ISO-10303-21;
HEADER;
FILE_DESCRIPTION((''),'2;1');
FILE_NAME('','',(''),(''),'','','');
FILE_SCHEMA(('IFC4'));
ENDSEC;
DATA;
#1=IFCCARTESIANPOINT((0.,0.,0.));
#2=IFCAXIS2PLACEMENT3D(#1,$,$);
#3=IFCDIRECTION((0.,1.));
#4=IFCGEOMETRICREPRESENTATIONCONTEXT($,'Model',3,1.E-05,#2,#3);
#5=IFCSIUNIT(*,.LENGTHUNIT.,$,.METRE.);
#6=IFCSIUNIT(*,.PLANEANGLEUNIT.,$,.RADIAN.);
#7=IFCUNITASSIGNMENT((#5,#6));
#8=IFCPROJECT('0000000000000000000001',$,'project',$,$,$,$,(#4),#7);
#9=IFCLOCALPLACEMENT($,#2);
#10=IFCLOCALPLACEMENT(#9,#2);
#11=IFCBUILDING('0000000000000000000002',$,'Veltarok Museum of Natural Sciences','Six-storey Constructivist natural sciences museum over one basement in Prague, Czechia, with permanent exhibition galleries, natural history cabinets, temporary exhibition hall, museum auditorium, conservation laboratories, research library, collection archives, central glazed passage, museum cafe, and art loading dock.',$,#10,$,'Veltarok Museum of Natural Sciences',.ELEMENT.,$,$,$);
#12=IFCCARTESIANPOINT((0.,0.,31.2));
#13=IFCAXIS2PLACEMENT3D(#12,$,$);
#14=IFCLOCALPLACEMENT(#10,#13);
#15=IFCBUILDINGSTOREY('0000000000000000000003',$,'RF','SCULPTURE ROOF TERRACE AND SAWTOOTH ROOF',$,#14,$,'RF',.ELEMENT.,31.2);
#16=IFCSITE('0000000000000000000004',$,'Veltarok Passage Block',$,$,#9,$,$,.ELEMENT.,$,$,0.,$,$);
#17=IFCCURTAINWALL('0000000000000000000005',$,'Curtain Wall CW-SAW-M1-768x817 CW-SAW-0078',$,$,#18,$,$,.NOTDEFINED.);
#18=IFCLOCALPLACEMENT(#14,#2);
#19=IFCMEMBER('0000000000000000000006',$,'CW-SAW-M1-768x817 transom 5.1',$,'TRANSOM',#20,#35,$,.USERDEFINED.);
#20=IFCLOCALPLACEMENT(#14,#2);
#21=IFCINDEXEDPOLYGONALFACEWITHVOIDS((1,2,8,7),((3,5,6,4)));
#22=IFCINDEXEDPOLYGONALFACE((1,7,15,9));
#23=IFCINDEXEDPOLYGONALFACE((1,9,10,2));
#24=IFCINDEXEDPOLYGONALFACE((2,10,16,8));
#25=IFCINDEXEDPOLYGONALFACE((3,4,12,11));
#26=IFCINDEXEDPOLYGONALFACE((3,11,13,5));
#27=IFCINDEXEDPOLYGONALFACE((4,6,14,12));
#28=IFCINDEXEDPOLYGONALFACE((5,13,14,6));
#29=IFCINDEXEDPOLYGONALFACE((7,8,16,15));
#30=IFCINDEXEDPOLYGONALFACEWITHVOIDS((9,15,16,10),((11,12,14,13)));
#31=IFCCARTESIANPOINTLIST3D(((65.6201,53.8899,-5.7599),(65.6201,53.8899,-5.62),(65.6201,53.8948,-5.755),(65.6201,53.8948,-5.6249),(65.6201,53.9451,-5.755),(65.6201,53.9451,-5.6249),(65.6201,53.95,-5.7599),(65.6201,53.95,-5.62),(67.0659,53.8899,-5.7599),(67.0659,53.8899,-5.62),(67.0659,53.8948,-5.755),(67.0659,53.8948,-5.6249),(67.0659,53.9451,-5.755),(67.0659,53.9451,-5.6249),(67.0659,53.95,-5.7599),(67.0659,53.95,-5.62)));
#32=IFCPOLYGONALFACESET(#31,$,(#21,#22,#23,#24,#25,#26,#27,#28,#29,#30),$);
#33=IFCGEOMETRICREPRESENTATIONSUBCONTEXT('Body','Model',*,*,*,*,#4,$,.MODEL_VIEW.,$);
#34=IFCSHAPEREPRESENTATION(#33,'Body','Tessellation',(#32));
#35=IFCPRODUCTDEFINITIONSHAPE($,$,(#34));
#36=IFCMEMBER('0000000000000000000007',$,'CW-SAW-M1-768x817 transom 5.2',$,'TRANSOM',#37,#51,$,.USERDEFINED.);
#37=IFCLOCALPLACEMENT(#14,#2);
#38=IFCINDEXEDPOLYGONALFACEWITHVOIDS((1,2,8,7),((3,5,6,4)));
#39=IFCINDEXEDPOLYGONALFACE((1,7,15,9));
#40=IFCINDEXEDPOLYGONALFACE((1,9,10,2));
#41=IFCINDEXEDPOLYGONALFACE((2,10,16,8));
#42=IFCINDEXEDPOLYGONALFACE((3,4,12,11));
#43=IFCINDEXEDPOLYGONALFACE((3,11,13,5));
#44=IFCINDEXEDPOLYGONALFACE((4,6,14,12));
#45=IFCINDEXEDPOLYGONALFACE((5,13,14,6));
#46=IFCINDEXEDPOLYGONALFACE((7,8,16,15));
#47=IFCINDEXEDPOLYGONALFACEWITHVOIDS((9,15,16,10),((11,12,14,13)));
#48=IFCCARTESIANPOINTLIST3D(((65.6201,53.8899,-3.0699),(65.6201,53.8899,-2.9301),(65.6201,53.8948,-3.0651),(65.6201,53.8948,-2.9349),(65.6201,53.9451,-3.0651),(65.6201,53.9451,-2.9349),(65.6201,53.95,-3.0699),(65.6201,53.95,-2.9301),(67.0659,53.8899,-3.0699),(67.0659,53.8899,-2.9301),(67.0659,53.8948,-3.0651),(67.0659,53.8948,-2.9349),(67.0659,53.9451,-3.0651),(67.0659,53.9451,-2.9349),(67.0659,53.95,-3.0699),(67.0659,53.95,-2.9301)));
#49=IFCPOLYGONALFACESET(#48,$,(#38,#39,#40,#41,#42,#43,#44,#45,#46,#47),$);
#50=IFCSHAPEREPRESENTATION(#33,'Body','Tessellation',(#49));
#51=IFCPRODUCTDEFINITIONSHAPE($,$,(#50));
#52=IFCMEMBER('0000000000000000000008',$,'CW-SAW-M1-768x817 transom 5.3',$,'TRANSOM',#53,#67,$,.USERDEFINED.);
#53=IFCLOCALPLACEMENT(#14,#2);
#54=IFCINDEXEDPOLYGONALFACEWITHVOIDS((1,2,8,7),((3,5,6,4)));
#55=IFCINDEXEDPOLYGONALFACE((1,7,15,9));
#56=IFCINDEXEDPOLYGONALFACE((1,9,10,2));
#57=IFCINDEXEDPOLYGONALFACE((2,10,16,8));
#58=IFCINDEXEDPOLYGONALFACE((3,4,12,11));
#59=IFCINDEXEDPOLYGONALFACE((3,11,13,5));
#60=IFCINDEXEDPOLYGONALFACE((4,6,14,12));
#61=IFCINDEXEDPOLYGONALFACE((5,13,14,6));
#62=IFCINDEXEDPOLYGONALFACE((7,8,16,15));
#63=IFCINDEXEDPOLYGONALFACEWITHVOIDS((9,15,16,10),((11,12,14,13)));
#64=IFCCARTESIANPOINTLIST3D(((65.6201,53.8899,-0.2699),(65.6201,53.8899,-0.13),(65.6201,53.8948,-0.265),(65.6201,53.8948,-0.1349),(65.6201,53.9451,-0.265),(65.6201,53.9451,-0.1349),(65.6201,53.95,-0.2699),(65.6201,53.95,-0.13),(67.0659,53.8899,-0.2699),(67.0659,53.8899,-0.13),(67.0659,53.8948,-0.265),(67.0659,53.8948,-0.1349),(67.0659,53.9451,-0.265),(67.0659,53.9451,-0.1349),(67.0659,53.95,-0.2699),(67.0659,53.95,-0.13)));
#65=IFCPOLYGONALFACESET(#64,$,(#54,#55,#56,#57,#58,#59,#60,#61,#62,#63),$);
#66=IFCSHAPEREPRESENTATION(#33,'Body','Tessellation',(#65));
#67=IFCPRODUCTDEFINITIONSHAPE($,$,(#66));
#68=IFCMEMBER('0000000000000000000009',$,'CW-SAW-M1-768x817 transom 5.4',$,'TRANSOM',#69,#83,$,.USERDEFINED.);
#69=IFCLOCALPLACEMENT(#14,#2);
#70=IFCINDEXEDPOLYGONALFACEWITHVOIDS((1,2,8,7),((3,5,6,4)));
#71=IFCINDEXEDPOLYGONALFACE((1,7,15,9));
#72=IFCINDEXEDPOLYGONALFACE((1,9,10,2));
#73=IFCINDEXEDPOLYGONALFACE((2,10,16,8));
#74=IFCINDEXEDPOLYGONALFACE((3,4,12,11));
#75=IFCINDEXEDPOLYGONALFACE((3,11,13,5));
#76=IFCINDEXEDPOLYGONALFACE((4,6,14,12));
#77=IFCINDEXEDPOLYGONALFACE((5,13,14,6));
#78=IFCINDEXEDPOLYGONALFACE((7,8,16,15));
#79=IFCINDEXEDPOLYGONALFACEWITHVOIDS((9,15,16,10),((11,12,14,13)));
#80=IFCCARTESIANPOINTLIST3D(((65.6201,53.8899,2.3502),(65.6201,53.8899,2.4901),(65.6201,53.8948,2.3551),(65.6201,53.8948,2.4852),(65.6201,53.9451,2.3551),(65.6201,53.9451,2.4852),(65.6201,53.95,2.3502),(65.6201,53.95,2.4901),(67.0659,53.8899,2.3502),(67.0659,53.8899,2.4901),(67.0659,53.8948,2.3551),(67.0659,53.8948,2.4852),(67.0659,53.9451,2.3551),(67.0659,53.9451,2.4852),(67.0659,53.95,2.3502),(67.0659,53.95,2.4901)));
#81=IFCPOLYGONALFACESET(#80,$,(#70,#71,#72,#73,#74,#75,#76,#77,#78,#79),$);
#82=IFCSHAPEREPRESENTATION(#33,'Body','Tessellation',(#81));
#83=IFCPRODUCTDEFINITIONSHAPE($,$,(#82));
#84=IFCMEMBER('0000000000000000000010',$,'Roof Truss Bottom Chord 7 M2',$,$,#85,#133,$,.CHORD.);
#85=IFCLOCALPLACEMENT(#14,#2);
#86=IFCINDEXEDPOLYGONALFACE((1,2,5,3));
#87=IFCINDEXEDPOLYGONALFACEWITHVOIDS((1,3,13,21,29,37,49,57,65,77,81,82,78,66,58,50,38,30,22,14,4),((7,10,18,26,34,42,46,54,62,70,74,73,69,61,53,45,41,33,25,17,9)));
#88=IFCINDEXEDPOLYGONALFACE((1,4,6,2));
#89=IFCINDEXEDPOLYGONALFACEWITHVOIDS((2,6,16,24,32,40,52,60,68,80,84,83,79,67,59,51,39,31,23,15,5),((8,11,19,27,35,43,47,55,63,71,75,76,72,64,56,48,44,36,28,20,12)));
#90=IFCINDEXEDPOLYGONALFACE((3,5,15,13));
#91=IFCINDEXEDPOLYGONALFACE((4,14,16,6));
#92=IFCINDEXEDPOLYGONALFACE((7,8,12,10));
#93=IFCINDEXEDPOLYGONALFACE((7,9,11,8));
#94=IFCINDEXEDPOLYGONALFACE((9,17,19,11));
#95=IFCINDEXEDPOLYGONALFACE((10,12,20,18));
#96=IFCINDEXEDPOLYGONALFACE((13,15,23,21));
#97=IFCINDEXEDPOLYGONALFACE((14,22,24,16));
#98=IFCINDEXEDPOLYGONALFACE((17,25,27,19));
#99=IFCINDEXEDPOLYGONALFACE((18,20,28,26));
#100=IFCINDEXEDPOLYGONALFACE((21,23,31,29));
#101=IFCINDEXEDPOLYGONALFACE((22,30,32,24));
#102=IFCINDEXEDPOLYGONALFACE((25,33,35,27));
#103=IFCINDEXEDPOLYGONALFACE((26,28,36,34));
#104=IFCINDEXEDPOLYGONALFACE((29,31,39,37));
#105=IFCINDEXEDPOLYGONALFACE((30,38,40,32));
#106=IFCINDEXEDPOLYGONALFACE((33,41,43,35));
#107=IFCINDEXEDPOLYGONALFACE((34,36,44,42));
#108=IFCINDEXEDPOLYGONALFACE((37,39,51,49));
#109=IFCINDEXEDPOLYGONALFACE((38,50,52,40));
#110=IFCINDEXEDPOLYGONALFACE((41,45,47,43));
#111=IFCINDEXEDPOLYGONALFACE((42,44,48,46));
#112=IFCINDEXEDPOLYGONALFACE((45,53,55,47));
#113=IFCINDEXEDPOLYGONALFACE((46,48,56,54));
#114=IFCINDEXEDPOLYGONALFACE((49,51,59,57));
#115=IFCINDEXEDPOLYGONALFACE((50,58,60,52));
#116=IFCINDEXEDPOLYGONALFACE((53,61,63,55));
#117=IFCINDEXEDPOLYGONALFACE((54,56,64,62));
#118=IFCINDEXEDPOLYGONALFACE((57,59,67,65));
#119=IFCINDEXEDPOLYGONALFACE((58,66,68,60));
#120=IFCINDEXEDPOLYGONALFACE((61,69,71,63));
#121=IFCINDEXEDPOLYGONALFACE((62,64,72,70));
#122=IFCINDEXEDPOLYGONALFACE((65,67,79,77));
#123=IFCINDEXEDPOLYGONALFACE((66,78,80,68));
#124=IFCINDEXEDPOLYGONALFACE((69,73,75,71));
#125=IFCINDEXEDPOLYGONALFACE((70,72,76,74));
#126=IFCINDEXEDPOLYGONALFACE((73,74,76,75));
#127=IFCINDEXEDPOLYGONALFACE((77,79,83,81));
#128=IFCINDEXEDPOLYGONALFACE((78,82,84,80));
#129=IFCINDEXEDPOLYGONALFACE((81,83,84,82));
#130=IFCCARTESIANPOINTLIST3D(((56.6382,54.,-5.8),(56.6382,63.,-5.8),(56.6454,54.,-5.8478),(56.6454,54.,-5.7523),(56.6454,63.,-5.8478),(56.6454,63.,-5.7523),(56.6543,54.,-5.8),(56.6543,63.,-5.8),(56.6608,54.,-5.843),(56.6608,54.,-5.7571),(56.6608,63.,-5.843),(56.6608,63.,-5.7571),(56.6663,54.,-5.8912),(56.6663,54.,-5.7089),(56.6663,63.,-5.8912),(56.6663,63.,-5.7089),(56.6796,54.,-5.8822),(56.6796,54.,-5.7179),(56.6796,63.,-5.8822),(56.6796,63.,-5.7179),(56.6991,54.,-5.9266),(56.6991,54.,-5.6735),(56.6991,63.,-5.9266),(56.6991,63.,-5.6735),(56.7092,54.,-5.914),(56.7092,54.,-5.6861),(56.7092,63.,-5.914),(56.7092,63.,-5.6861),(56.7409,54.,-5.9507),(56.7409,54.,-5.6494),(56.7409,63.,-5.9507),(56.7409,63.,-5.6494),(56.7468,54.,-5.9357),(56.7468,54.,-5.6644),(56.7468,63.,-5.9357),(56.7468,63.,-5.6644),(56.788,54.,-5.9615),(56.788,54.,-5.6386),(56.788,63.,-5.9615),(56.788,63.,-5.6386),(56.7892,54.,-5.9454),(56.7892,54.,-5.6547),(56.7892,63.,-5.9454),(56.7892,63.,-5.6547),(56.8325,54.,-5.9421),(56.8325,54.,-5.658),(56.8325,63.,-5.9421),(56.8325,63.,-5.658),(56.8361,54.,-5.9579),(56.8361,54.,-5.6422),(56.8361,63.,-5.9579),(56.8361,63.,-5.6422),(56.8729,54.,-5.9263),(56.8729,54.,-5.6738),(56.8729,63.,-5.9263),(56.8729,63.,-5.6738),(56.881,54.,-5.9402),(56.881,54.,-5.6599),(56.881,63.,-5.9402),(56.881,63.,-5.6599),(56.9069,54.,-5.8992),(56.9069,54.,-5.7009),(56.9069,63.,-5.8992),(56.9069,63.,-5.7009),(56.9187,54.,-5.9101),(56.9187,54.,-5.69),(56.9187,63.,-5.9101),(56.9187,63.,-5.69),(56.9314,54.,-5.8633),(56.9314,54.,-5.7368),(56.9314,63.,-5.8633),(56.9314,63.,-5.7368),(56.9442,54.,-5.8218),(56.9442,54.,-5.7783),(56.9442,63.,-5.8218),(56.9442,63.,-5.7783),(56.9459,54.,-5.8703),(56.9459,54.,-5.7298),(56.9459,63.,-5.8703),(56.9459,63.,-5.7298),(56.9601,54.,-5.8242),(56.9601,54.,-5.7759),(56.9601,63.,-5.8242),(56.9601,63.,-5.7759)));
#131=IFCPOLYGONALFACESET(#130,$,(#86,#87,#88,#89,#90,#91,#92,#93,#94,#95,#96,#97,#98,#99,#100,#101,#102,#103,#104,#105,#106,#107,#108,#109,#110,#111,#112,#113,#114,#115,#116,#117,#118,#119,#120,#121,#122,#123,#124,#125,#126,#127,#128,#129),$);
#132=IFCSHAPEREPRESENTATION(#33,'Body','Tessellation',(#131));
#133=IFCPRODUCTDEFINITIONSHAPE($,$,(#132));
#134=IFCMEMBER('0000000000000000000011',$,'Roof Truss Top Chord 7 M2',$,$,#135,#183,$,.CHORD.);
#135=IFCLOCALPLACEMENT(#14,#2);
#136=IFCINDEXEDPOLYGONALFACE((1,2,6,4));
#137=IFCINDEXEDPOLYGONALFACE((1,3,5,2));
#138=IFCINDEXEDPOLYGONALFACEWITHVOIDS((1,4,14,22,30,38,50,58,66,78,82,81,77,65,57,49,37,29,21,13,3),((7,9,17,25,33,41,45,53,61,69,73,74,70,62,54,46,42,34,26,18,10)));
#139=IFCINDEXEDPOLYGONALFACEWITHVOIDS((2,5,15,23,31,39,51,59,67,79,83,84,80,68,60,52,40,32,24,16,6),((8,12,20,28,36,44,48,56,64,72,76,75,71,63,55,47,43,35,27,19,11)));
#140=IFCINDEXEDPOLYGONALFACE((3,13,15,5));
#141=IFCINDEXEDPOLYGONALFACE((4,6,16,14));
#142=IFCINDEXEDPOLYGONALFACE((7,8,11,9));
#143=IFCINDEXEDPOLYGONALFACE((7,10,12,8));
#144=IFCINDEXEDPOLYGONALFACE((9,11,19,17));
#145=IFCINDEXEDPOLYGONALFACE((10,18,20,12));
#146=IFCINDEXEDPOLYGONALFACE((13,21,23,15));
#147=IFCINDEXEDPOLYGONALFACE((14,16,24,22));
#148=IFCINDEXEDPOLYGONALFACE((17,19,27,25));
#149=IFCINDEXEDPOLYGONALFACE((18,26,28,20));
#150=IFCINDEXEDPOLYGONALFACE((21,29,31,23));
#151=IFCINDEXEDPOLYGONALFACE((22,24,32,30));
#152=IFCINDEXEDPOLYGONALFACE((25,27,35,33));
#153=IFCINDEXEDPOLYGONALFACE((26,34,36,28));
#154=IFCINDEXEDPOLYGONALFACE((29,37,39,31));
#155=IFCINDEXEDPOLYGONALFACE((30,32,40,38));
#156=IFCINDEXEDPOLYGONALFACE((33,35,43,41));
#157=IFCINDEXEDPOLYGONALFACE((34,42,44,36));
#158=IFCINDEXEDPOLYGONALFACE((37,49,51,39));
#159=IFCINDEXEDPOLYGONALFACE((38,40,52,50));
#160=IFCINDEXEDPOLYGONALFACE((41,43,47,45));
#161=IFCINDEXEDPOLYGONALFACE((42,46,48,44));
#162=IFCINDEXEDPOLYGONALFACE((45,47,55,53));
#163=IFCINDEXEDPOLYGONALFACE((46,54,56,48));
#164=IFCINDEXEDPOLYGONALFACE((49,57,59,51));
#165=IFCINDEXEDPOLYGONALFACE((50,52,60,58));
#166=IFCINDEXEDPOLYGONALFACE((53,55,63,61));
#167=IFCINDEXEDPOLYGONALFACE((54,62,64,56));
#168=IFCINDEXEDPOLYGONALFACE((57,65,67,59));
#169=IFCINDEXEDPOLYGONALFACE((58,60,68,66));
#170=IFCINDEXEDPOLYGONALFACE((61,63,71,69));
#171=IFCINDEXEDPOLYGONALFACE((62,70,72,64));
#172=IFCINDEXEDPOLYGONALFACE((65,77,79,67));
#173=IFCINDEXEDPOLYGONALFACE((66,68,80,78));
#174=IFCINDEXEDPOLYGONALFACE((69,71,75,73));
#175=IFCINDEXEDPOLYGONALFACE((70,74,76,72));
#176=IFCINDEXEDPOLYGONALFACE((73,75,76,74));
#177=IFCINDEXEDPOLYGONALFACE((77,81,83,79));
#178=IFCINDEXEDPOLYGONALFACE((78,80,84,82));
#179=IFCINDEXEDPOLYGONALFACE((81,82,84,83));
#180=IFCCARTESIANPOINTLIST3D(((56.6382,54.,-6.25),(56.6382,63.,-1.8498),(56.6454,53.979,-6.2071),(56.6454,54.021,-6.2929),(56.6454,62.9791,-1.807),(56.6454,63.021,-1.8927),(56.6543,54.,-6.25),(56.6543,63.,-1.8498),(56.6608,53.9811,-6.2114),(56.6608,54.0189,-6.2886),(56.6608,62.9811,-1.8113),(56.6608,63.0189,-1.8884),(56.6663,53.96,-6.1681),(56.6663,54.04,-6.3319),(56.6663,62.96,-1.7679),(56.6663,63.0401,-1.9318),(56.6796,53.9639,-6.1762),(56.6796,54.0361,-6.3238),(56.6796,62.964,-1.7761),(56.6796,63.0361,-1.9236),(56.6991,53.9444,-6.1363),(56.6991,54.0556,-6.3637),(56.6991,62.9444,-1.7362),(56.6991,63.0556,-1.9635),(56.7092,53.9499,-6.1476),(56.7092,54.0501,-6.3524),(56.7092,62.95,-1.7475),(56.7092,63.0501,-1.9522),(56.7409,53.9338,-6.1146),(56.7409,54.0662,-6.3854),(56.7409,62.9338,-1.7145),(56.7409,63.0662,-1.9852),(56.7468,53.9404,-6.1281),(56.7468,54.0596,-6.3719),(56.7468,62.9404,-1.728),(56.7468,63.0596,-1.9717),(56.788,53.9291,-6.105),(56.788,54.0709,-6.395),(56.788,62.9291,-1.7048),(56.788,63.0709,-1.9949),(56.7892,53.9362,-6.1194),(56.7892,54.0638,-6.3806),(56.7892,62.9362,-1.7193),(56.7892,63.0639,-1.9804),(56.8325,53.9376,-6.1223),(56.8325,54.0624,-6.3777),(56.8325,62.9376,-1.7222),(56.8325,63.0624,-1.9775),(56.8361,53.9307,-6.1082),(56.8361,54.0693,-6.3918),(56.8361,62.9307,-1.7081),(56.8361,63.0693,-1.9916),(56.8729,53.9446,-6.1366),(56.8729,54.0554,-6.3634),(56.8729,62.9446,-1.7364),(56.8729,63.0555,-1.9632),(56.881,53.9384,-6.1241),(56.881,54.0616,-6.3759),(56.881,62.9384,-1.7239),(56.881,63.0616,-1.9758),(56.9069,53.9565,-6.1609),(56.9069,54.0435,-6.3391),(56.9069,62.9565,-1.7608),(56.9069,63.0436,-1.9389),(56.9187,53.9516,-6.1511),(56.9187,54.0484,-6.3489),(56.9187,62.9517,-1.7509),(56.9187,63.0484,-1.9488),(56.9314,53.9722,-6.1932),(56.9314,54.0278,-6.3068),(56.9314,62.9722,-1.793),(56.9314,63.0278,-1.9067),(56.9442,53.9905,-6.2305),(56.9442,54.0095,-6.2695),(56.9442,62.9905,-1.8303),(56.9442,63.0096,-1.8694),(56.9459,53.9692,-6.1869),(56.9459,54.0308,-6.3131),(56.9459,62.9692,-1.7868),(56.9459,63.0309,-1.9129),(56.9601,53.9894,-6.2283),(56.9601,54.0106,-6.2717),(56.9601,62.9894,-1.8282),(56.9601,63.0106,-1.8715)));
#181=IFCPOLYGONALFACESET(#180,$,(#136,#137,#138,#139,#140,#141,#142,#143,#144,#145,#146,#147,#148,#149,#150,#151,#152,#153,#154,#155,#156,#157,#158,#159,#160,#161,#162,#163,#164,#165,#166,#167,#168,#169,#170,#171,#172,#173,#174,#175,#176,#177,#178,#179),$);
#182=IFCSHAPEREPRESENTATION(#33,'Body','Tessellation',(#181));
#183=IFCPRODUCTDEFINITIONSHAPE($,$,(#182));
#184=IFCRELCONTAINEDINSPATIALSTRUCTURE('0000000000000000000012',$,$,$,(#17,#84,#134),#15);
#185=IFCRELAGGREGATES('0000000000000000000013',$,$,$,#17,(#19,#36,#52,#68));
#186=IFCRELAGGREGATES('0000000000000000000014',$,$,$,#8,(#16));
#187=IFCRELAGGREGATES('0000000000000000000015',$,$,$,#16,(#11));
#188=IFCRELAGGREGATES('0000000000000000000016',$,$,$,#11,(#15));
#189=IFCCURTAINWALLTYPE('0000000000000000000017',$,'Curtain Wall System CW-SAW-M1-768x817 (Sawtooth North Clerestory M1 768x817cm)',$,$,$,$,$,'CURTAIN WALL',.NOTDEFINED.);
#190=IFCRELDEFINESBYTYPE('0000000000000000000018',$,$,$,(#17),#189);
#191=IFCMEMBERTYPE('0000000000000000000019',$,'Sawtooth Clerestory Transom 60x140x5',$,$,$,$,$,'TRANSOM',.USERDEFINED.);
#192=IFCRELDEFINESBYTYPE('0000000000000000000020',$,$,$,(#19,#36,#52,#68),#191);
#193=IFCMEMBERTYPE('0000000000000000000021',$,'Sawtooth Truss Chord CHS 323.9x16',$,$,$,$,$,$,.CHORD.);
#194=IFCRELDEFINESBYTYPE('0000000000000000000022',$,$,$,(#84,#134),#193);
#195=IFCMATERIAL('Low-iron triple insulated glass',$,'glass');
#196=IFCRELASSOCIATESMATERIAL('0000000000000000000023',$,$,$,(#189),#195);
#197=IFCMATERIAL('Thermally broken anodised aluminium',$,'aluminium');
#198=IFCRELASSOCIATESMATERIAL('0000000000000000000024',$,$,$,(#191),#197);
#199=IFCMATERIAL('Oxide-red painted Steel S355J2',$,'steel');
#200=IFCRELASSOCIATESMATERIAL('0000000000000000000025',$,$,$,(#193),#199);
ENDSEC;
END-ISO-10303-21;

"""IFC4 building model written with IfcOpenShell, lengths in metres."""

from ifc_helpers import new_model, si_unit, direction, frame, origin, origin_2d, place, context, subcontext, project, spatial, hollow_rectangle, hollow_circle, extrude, material, material_profile, profile_set, type_object, element, aggregate, save


model = new_model("IFC4")

# Units and contexts
model_context = context("Model", 3, precision=1e-05, world=origin(), true_north=direction((0.0, 1.0)))
body_context = subcontext(model_context, "Body", "Model", "MODEL_VIEW")
ifc_project = project(units=[si_unit("LENGTHUNIT", "METRE"), si_unit("PLANEANGLEUNIT", "RADIAN")], contexts=[model_context])

# Site, building, storey
site_placement = place(None, origin())
site = spatial("IfcSite", under=ifc_project, at=site_placement, Name="Veltarok Passage Block", CompositionType="ELEMENT", RefElevation=0.0)
building_placement = place(site_placement, origin())
building = spatial("IfcBuilding", under=site, at=building_placement, Name="Veltarok Museum of Natural Sciences", Description="Six-storey Constructivist natural sciences museum over one basement in Prague, Czechia, with permanent exhibition galleries, natural history cabinets, temporary exhibition hall, museum auditorium, conservation laboratories, research library, collection archives, central glazed passage, museum cafe, and art loading dock.", LongName="Veltarok Museum of Natural Sciences", CompositionType="ELEMENT")
storey_placement = place(building_placement, frame((0.0, 0.0, 31.2)))
storey = spatial("IfcBuildingStorey", under=building, at=storey_placement, Name="RF", Description="SCULPTURE ROOF TERRACE AND SAWTOOTH ROOF", LongName="RF", CompositionType="ELEMENT", Elevation=31.2)

# Shared definitions
ifc_material_1 = material(Name="Low-iron triple insulated glass", Category="glass")
curtain_wall_type = type_object("IfcCurtainWallType", Name="Curtain Wall System CW-SAW-M1-768x817 (Sawtooth North Clerestory M1 768x817cm)", ElementType="CURTAIN WALL", PredefinedType="NOTDEFINED", material=ifc_material_1)
ifc_material_2 = material(Name="Thermally broken anodised aluminium", Category="aluminium")

# Curtain wall
curtain_wall_1_placement = place(storey_placement, origin())
curtain_wall_1 = element("IfcCurtainWall", 1, at=curtain_wall_1_placement, inside=storey, type_object=curtain_wall_type, Name="Curtain Wall CW-SAW-M1-768x817 CW-SAW-0078", PredefinedType="NOTDEFINED")

# Members
ifc_material_profile_1 = material_profile(ifc_material_2, hollow_rectangle(XDim=0.0601, YDim=0.1399, WallThickness=0.0049, at=origin_2d()), Name="CW TRANSOM 60x140x5")
ifc_profile_set_1 = profile_set([ifc_material_profile_1], Name="Thermally broken anodised aluminium")
member_type_1 = type_object("IfcMemberType", Name="Sawtooth Clerestory Transom 60x140x5", ElementType="TRANSOM", PredefinedType="USERDEFINED", material=ifc_profile_set_1)
member_1_placement = place(storey_placement, frame((67.0659, 53.9199, -5.6899), z_axis=(-1.0, 0.0, 0.0), x_axis=(0.0, -1.0, 0.0)))
member_1 = element("IfcMember", 2, at=member_1_placement, type_object=member_type_1, Name="CW-SAW-M1-768x817 transom 5.1", ObjectType="TRANSOM", PredefinedType="USERDEFINED", context=body_context, shape_type="SweptSolid", body=[
    extrude(hollow_rectangle(XDim=0.0601, YDim=0.1399, WallThickness=0.0049, at=origin_2d()), origin(), (0.0, 0.0, 1.0), 1.4458),
])
member_2_placement = place(storey_placement, frame((67.0659, 53.9199, -3.0), z_axis=(-1.0, 0.0, 0.0), x_axis=(0.0, -1.0, 0.0)))
member_2 = element("IfcMember", 3, at=member_2_placement, type_object=member_type_1, Name="CW-SAW-M1-768x817 transom 5.2", ObjectType="TRANSOM", PredefinedType="USERDEFINED", context=body_context, shape_type="SweptSolid", body=[
    extrude(hollow_rectangle(XDim=0.0601, YDim=0.1399, WallThickness=0.0049, at=origin_2d()), origin(), (0.0, 0.0, 1.0), 1.4458),
])
member_3_placement = place(storey_placement, frame((67.0659, 53.9199, -0.2), z_axis=(-1.0, 0.0, 0.0), x_axis=(0.0, -1.0, 0.0)))
member_3 = element("IfcMember", 4, at=member_3_placement, type_object=member_type_1, Name="CW-SAW-M1-768x817 transom 5.3", ObjectType="TRANSOM", PredefinedType="USERDEFINED", context=body_context, shape_type="SweptSolid", body=[
    extrude(hollow_rectangle(XDim=0.0601, YDim=0.1399, WallThickness=0.0049, at=origin_2d()), origin(), (0.0, 0.0, 1.0), 1.4458),
])
member_4_placement = place(storey_placement, frame((67.0659, 53.9199, 2.4202), z_axis=(-1.0, 0.0, 0.0), x_axis=(0.0, -1.0, 0.0)))
member_4 = element("IfcMember", 5, at=member_4_placement, type_object=member_type_1, Name="CW-SAW-M1-768x817 transom 5.4", ObjectType="TRANSOM", PredefinedType="USERDEFINED", context=body_context, shape_type="SweptSolid", body=[
    extrude(hollow_rectangle(XDim=0.0601, YDim=0.1399, WallThickness=0.0049, at=origin_2d()), origin(), (0.0, 0.0, 1.0), 1.4458),
])

# Members
ifc_material_3 = material(Name="Oxide-red painted Steel S355J2", Category="steel")
ifc_material_profile_2 = material_profile(ifc_material_3, hollow_circle(Radius=0.1619, WallThickness=0.0161, at=origin_2d()), Name="CHS 323.9x16")
ifc_profile_set_2 = profile_set([ifc_material_profile_2], Name="Oxide-red painted Steel S355J2")
member_type_2 = type_object("IfcMemberType", Name="Sawtooth Truss Chord CHS 323.9x16", PredefinedType="CHORD", material=ifc_profile_set_2)
member_5_placement = place(storey_placement, frame((56.8, 54.0, -5.8), z_axis=(0.0, 1.0, 0.0), x_axis=(-1.0, 0.0, 0.0)))
element("IfcMember", 6, at=member_5_placement, inside=storey, type_object=member_type_2, Name="Roof Truss Bottom Chord 7 M2", PredefinedType="CHORD", context=body_context, shape_type="SweptSolid", body=[
    extrude(hollow_circle(Radius=0.1619, WallThickness=0.0161, at=origin_2d()), origin(), (0.0, 0.0, 1.0), 9.0),
])
member_6_placement = place(storey_placement, frame((56.8, 54.0, -6.25), z_axis=(0.0, 0.898379, 0.439222), x_axis=(-1.0, 0.0, 0.0)))
element("IfcMember", 7, at=member_6_placement, inside=storey, type_object=member_type_2, Name="Roof Truss Top Chord 7 M2", PredefinedType="CHORD", context=body_context, shape_type="SweptSolid", body=[
    extrude(hollow_circle(Radius=0.1619, WallThickness=0.0161, at=origin_2d()), origin(), (0.0, 0.0, 1.0), 10.0181),
])

aggregate(curtain_wall_1, [member_1, member_2, member_3, member_4])

save(model, "model.ifc")
